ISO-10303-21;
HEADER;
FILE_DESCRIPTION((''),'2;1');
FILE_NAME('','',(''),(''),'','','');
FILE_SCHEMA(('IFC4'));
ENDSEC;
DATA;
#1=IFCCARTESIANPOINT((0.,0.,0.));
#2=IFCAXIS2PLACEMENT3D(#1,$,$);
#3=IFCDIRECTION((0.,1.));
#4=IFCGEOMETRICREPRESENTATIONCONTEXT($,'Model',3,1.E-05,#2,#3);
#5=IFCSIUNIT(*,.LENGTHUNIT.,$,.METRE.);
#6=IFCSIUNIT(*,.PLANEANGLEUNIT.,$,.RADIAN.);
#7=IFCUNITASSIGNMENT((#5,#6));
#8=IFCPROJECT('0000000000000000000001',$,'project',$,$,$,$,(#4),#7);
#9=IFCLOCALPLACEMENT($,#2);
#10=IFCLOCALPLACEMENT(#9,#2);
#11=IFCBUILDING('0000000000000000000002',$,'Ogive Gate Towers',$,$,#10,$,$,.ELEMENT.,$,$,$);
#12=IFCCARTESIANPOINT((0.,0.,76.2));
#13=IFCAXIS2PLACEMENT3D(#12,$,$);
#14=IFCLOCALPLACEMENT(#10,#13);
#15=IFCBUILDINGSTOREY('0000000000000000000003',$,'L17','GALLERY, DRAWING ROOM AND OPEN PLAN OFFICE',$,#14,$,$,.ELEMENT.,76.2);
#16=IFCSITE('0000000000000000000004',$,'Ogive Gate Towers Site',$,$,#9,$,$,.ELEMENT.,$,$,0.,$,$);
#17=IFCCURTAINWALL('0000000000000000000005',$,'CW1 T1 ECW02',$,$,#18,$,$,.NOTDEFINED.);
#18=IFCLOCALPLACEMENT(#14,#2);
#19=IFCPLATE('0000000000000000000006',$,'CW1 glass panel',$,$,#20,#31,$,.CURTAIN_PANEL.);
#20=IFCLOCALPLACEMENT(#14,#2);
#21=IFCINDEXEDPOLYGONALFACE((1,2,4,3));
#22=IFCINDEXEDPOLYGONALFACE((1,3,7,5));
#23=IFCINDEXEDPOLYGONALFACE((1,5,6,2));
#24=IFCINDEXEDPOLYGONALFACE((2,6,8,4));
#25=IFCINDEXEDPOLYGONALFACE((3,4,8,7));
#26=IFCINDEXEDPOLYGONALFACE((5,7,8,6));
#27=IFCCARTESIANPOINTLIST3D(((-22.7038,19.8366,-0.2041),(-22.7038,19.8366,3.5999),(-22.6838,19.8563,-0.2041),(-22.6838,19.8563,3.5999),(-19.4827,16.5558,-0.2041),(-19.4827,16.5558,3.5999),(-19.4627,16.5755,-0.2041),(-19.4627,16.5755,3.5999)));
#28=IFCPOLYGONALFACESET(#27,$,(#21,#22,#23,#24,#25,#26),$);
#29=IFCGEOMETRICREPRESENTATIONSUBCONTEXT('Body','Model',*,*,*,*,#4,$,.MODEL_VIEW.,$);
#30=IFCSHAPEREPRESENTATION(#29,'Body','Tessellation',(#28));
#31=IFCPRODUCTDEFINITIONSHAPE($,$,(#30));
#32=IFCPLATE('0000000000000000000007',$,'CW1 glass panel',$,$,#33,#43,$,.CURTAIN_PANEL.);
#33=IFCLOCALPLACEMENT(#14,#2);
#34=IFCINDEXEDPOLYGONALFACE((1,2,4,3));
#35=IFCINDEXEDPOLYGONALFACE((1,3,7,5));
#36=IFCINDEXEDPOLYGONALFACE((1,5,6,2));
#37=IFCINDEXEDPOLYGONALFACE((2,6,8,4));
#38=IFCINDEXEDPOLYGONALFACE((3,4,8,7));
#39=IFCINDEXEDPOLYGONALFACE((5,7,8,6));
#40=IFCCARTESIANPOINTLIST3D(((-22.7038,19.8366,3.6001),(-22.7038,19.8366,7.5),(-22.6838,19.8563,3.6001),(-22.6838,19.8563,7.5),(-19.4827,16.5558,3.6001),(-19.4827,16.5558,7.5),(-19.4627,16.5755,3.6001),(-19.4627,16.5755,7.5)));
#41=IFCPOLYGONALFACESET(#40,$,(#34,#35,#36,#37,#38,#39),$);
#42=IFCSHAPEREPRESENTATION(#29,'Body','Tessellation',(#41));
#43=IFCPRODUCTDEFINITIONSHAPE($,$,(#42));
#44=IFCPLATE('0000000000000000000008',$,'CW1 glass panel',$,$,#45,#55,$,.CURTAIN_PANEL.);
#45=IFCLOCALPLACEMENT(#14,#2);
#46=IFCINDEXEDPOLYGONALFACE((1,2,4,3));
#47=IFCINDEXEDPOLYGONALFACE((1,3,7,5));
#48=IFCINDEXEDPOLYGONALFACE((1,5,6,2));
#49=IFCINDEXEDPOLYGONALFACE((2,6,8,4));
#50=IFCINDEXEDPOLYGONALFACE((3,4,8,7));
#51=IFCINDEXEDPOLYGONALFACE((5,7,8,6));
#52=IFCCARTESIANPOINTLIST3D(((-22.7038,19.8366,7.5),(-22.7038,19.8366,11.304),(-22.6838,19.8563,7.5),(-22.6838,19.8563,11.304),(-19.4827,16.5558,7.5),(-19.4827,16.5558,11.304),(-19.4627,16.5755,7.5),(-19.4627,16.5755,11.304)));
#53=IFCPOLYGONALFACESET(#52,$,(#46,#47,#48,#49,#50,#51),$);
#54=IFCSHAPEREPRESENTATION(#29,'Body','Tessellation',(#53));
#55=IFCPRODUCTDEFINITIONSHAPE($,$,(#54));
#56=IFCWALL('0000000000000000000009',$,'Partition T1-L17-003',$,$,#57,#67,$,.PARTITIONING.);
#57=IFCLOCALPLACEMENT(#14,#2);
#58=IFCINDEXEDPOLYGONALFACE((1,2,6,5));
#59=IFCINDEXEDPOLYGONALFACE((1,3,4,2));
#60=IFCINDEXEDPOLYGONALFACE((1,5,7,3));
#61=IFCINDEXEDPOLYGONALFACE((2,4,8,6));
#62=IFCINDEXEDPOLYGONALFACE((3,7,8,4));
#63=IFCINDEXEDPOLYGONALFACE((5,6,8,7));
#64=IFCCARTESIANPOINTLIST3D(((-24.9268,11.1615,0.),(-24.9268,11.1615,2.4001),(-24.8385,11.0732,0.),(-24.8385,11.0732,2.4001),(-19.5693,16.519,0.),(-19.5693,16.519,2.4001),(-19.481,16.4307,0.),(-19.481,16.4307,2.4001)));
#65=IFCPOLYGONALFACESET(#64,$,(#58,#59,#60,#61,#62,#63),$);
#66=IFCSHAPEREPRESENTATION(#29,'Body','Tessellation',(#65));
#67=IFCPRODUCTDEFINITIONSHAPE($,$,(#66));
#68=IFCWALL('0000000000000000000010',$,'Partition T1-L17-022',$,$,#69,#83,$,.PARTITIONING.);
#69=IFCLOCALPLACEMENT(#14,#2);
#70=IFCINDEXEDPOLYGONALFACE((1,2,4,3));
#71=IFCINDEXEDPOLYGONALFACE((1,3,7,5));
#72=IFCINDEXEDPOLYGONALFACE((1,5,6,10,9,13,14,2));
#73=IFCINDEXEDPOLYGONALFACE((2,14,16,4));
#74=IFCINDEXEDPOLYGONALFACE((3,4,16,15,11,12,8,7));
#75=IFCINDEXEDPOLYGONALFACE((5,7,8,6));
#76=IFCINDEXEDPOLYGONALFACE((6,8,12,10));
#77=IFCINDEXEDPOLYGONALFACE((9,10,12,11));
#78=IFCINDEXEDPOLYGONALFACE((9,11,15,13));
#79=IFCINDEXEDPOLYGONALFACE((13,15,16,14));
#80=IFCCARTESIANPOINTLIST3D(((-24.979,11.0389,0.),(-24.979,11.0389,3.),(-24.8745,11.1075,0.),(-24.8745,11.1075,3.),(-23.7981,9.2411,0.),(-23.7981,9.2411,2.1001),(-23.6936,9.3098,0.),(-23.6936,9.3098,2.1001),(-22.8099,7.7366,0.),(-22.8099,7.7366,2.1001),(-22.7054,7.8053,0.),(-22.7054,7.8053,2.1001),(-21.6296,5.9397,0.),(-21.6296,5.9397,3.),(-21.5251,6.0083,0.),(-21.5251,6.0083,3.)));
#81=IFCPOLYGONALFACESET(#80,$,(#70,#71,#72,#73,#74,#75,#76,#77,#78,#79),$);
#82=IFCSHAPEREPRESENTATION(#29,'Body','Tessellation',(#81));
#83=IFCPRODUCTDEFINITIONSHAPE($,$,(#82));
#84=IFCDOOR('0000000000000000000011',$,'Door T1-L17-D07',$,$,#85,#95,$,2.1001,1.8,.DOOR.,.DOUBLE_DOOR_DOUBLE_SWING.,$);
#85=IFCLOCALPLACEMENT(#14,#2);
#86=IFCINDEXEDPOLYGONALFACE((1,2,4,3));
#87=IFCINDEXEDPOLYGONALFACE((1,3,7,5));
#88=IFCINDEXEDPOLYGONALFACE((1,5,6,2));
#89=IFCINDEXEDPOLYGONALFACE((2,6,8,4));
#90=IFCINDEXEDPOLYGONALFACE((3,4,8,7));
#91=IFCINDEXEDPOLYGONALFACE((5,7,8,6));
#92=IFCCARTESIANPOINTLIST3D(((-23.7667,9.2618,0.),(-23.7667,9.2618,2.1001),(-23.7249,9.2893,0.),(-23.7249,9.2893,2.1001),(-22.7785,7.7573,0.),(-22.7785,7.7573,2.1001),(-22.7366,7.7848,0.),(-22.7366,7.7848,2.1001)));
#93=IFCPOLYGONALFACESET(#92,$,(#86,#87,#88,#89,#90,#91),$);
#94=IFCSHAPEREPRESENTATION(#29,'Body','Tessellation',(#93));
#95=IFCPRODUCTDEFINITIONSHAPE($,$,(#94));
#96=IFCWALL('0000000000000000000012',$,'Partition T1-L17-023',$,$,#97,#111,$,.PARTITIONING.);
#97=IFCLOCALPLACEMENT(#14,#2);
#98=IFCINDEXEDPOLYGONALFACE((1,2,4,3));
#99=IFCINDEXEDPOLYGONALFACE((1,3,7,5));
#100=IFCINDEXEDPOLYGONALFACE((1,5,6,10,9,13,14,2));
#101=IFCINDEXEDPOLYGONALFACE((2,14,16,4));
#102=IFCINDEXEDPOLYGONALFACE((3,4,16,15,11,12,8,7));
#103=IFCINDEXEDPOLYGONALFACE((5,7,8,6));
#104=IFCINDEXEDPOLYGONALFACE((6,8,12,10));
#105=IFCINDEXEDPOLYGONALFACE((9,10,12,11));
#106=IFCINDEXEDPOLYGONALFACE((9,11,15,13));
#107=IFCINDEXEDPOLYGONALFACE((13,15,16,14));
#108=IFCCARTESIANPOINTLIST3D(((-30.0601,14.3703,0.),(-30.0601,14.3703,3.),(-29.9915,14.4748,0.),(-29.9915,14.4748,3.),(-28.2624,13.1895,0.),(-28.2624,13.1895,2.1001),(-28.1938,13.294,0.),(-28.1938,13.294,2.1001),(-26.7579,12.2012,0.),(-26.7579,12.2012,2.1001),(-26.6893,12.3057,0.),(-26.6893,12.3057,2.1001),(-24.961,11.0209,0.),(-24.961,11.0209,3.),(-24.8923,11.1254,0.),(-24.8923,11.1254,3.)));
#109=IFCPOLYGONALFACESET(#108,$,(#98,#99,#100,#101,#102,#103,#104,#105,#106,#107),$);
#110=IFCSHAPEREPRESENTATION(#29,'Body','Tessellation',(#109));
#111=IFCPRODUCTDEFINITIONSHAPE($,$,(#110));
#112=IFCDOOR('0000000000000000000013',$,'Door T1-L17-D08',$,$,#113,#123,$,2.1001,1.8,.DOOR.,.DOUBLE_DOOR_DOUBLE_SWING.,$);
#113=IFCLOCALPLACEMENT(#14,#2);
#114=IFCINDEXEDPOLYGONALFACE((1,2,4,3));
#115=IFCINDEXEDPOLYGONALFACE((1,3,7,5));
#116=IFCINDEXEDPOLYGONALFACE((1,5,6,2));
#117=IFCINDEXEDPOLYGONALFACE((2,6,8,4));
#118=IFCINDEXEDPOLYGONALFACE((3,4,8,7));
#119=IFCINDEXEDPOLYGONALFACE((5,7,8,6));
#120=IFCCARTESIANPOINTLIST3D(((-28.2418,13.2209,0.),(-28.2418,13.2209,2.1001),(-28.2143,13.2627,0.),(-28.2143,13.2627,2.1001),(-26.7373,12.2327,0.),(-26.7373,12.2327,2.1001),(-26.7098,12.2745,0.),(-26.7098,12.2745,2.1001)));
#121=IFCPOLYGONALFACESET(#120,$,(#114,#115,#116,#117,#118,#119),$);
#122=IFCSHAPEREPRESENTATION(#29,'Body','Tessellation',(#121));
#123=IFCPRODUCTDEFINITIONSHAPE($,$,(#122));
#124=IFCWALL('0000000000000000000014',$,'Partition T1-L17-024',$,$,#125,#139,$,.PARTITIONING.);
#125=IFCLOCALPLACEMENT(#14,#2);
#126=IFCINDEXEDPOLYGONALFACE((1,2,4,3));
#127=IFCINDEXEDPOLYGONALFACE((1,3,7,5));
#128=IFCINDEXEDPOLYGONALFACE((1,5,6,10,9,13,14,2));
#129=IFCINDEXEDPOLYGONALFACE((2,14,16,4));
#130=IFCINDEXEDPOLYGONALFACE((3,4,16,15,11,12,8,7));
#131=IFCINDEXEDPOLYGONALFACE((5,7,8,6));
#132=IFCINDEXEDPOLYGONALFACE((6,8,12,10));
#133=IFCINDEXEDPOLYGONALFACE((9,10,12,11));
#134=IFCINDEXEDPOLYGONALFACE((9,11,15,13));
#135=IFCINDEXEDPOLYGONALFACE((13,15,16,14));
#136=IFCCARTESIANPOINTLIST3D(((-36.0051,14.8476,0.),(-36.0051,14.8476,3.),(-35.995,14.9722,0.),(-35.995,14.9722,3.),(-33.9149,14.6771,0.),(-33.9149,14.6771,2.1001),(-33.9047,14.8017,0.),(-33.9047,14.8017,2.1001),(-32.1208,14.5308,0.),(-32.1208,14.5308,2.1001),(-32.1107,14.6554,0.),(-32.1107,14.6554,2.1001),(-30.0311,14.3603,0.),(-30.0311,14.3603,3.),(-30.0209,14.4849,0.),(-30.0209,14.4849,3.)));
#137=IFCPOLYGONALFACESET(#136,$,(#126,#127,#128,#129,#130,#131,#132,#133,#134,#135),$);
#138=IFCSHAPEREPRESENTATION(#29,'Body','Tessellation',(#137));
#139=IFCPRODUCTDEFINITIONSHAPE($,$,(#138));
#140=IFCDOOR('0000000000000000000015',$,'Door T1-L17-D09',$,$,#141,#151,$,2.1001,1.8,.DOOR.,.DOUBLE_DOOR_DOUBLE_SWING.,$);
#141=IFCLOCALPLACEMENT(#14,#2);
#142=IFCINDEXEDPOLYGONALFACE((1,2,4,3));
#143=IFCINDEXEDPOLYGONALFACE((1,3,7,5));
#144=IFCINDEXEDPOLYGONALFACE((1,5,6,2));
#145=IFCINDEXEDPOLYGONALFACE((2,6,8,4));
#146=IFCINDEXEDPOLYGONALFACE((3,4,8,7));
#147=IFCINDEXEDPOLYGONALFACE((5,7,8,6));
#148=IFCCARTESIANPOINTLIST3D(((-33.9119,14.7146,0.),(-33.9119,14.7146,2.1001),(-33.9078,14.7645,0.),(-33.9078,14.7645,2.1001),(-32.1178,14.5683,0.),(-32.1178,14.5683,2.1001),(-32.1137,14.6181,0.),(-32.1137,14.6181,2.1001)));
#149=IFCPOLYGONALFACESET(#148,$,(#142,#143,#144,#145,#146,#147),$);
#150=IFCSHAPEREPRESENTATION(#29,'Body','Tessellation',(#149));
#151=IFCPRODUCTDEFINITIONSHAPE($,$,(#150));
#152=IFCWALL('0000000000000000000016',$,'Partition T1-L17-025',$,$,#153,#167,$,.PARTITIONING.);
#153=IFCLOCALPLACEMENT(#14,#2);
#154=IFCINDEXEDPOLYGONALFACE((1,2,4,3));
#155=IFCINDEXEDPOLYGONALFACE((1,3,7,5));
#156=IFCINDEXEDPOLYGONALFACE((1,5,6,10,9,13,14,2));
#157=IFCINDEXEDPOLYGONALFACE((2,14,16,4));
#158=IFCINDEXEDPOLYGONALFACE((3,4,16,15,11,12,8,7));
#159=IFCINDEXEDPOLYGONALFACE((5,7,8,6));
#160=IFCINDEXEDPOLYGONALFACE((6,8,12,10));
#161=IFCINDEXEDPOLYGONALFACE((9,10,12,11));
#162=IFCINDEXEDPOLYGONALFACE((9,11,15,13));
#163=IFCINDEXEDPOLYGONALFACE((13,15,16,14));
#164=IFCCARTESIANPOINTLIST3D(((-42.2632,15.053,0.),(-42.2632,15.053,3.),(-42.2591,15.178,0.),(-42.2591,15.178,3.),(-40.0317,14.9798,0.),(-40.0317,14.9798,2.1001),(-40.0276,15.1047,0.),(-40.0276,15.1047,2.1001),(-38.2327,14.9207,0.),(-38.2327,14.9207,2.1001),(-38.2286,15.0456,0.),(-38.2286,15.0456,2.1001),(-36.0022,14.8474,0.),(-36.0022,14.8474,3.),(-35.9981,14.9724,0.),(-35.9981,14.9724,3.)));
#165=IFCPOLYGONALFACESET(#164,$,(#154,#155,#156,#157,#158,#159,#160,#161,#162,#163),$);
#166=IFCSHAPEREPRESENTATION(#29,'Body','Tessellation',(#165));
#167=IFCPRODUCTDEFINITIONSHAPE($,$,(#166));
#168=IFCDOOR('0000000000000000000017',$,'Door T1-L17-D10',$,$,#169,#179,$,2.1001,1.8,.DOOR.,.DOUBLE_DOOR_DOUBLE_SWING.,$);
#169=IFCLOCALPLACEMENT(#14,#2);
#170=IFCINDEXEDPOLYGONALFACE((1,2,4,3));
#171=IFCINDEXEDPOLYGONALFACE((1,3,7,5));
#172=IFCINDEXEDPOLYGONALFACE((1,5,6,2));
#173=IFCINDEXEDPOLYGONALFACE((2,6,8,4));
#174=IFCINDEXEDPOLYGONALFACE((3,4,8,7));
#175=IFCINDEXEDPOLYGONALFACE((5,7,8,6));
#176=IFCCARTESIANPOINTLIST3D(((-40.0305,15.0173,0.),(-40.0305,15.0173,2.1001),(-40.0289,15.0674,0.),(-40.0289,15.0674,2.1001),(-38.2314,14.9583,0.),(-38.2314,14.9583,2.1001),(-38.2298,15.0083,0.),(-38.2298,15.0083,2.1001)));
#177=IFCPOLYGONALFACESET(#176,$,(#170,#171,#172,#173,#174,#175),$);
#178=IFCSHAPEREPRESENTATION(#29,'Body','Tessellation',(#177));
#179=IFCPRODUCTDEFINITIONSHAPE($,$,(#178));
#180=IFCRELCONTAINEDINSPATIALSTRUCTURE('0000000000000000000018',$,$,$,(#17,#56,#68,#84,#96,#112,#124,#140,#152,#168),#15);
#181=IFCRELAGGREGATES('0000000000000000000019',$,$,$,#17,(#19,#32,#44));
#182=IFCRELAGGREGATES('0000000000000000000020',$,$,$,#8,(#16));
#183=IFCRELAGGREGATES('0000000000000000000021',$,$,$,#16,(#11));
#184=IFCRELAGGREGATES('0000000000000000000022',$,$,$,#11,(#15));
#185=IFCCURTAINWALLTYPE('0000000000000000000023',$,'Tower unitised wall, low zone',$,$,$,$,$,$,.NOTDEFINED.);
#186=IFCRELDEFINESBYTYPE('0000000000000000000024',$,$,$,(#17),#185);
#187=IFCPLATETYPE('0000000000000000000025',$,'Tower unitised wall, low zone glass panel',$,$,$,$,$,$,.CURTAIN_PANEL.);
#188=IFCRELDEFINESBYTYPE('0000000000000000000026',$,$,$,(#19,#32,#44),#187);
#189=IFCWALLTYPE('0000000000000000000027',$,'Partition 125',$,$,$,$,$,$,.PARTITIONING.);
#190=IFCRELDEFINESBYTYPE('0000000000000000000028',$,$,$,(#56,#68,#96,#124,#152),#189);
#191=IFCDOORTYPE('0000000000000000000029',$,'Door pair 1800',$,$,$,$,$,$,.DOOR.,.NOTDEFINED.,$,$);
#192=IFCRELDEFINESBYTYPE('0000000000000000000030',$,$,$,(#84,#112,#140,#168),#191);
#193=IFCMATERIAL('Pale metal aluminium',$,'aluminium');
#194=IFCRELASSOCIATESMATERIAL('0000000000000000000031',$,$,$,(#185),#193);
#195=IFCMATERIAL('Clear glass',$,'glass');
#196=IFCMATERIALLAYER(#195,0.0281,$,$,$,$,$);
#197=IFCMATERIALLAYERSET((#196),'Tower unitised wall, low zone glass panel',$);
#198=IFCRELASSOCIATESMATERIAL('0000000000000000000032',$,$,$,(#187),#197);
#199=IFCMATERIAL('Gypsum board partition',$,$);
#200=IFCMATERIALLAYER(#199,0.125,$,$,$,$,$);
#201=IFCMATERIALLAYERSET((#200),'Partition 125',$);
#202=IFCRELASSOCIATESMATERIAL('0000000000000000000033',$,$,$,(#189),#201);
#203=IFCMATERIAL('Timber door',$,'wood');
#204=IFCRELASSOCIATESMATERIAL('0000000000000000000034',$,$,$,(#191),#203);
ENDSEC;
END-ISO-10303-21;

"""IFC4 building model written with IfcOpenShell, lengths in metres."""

from ifc_helpers import new_model, si_unit, direction, frame, frame_2d, origin, origin_2d, place, context, subcontext, project, spatial, rectangle, extrude, material, layer, layer_set, type_object, element, fill, aggregate, save


model = new_model("IFC4")

# Units and contexts
model_context = context("Model", 3, precision=1e-05, world=origin(), true_north=direction((0.0, 1.0)))
body_context = subcontext(model_context, "Body", "Model", "MODEL_VIEW")
ifc_project = project(units=[si_unit("LENGTHUNIT", "METRE"), si_unit("PLANEANGLEUNIT", "RADIAN")], contexts=[model_context])

# Site, building, storey
site_placement = place(None, origin())
site = spatial("IfcSite", under=ifc_project, at=site_placement, Name="Ogive Gate Towers Site", CompositionType="ELEMENT", RefElevation=0.0)
building_placement = place(site_placement, origin())
building = spatial("IfcBuilding", under=site, at=building_placement, Name="Ogive Gate Towers", CompositionType="ELEMENT")
storey_placement = place(building_placement, frame((0.0, 0.0, 76.2)))
storey = spatial("IfcBuildingStorey", under=building, at=storey_placement, Name="L17", Description="GALLERY, DRAWING ROOM AND OPEN PLAN OFFICE", CompositionType="ELEMENT", Elevation=76.2)

# Curtain wall, plates
ifc_material_1 = material(Name="Pale metal aluminium", Category="aluminium")
curtain_wall_type = type_object("IfcCurtainWallType", Name="Tower unitised wall, low zone", PredefinedType="NOTDEFINED", material=ifc_material_1)
curtain_wall_placement = place(storey_placement, origin())
curtain_wall = element("IfcCurtainWall", 1, at=curtain_wall_placement, inside=storey, type_object=curtain_wall_type, Name="CW1 T1 ECW02", PredefinedType="NOTDEFINED")
ifc_material_2 = material(Name="Clear glass", Category="glass")
ifc_layer_1 = layer(ifc_material_2, 0.0281)
ifc_layer_set_1 = layer_set([ifc_layer_1], Name="Tower unitised wall, low zone glass panel")
plate_type = type_object("IfcPlateType", Name="Tower unitised wall, low zone glass panel", PredefinedType="CURTAIN_PANEL", material=ifc_layer_set_1)
plate_1_placement = place(storey_placement, frame((-21.0833, 18.2061, -0.2041), z_axis=(0.0, 0.0, 1.0), x_axis=(-0.700586, 0.713568, 0.0)))
plate_1 = element("IfcPlate", 2, at=plate_1_placement, type_object=plate_type, Name="CW1 glass panel", PredefinedType="CURTAIN_PANEL", context=body_context, shape_type="SweptSolid", body=[
    extrude(rectangle(XDim=4.5977, YDim=0.0281, at=origin_2d()), origin(), (0.0, 0.0, 1.0), 3.804),
])
plate_2_placement = place(storey_placement, frame((-21.0833, 18.2061, 3.6001), z_axis=(0.0, 0.0, 1.0), x_axis=(-0.700586, 0.713568, 0.0)))
plate_2 = element("IfcPlate", 3, at=plate_2_placement, type_object=plate_type, Name="CW1 glass panel", PredefinedType="CURTAIN_PANEL", context=body_context, shape_type="SweptSolid", body=[
    extrude(rectangle(XDim=4.5977, YDim=0.0281, at=origin_2d()), origin(), (0.0, 0.0, 1.0), 3.8999),
])
plate_3_placement = place(storey_placement, frame((-21.0833, 18.2061, 7.5), z_axis=(0.0, 0.0, 1.0), x_axis=(-0.700586, 0.713568, 0.0)))
plate_3 = element("IfcPlate", 4, at=plate_3_placement, type_object=plate_type, Name="CW1 glass panel", PredefinedType="CURTAIN_PANEL", context=body_context, shape_type="SweptSolid", body=[
    extrude(rectangle(XDim=4.5977, YDim=0.0281, at=origin_2d()), origin(), (0.0, 0.0, 1.0), 3.804),
])
aggregate(curtain_wall, [plate_1, plate_2, plate_3])

# Wall
ifc_material_3 = material(Name="Gypsum board partition")
ifc_layer_2 = layer(ifc_material_3, 0.125)
ifc_layer_set_2 = layer_set([ifc_layer_2], Name="Partition 125")
wall_type_1 = type_object("IfcWallType", Name="Partition 125", PredefinedType="PARTITIONING", material=ifc_layer_set_2)
wall_1_placement = place(storey_placement, frame((-19.5251, 16.4749, 0.0), z_axis=(0.0, 0.0, 1.0), x_axis=(-0.707107, -0.707107, 0.0)))
element("IfcWall", 5, at=wall_1_placement, inside=storey, type_object=wall_type_1, Name="Partition T1-L17-003", PredefinedType="PARTITIONING", context=body_context, shape_type="SweptSolid", body=[
    extrude(rectangle(XDim=7.5767, YDim=0.125, at=frame_2d((3.7883, 0.0))), origin(), (0.0, 0.0, 1.0), 2.4001),
])

# Walls, openings, doors
wall_2_placement = place(storey_placement, frame((-21.5774, 5.9741, 0.0), z_axis=(0.0, 0.0, 1.0), x_axis=(-0.549008, 0.835817, 0.0)))
wall_2 = element("IfcWall", 6, at=wall_2_placement, inside=storey, type_object=wall_type_1, Name="Partition T1-L17-022", PredefinedType="PARTITIONING", context=body_context, shape_type="SweptSolid", body=[
    extrude(rectangle(XDim=6.1008, YDim=0.125, at=frame_2d((3.0503, 0.0))), origin(), (0.0, 0.0, 1.0), 3.0),
])
opening_1_placement = place(wall_2_placement, frame((2.1499, 0.0, 0.0)))
opening_1 = element("IfcOpeningElement", 7, at=opening_1_placement, cuts=wall_2, PredefinedType="OPENING", context=body_context, shape_type="SweptSolid", body=[
    extrude(rectangle(XDim=1.8, YDim=2.1001, at=frame_2d((0.8999, 1.05))), frame((0.0, 0.0725, 0.0), z_axis=(0.0, -1.0, 0.0), x_axis=(1.0, 0.0, 0.0)), (0.0, 0.0, 1.0), 0.145),
])
ifc_material_4 = material(Name="Timber door", Category="wood")
door_type_1 = type_object("IfcDoorType", Name="Door pair 1800", OperationType="NOTDEFINED", PredefinedType="DOOR", material=ifc_material_4)
door_1_placement = place(opening_1_placement, origin())
door_1 = element("IfcDoor", 8, at=door_1_placement, inside=storey, type_object=door_type_1, Name="Door T1-L17-D07", OperationType="DOUBLE_DOOR_DOUBLE_SWING", OverallHeight=2.1001, OverallWidth=1.8, PredefinedType="DOOR", context=body_context, shape_type="SweptSolid", body=[
    extrude(rectangle(XDim=1.8, YDim=2.1001, at=frame_2d((0.8999, 1.05))), frame((0.0, 0.0249, 0.0), z_axis=(0.0, -1.0, 0.0), x_axis=(1.0, 0.0, 0.0)), (0.0, 0.0, 1.0), 0.05),
])
fill(opening_1, door_1)
wall_3_placement = place(storey_placement, frame((-24.9268, 11.0732, 0.0), z_axis=(0.0, 0.0, 1.0), x_axis=(-0.835817, 0.549008, 0.0)))
wall_3 = element("IfcWall", 9, at=wall_3_placement, inside=storey, type_object=wall_type_1, Name="Partition T1-L17-023", PredefinedType="PARTITIONING", context=body_context, shape_type="SweptSolid", body=[
    extrude(rectangle(XDim=6.1008, YDim=0.125, at=frame_2d((3.0503, 0.0))), origin(), (0.0, 0.0, 1.0), 3.0),
])
opening_2_placement = place(wall_3_placement, frame((2.1499, 0.0, 0.0)))
opening_2 = element("IfcOpeningElement", 10, at=opening_2_placement, cuts=wall_3, PredefinedType="OPENING", context=body_context, shape_type="SweptSolid", body=[
    extrude(rectangle(XDim=1.8, YDim=2.1001, at=frame_2d((0.8999, 1.05))), frame((0.0, 0.0725, 0.0), z_axis=(0.0, -1.0, 0.0), x_axis=(1.0, 0.0, 0.0)), (0.0, 0.0, 1.0), 0.145),
])
door_2_placement = place(opening_2_placement, origin())
door_2 = element("IfcDoor", 11, at=door_2_placement, inside=storey, type_object=door_type_1, Name="Door T1-L17-D08", OperationType="DOUBLE_DOOR_DOUBLE_SWING", OverallHeight=2.1001, OverallWidth=1.8, PredefinedType="DOOR", context=body_context, shape_type="SweptSolid", body=[
    extrude(rectangle(XDim=1.8, YDim=2.1001, at=frame_2d((0.8999, 1.05))), frame((0.0, 0.0249, 0.0), z_axis=(0.0, -1.0, 0.0), x_axis=(1.0, 0.0, 0.0)), (0.0, 0.0, 1.0), 0.05),
])
fill(opening_2, door_2)
wall_4_placement = place(storey_placement, frame((-30.0259, 14.4226, 0.0), z_axis=(0.0, 0.0, 1.0), x_axis=(-0.99669, 0.081299, 0.0)))
wall_4 = element("IfcWall", 12, at=wall_4_placement, inside=storey, type_object=wall_type_1, Name="Partition T1-L17-024", PredefinedType="PARTITIONING", context=body_context, shape_type="SweptSolid", body=[
    extrude(rectangle(XDim=5.9939, YDim=0.125, at=frame_2d((2.9971, 0.0))), origin(), (0.0, 0.0, 1.0), 3.0),
])
opening_3_placement = place(wall_4_placement, frame((2.0969, 0.0, 0.0)))
opening_3 = element("IfcOpeningElement", 13, at=opening_3_placement, cuts=wall_4, PredefinedType="OPENING", context=body_context, shape_type="SweptSolid", body=[
    extrude(rectangle(XDim=1.8, YDim=2.1001, at=frame_2d((0.8999, 1.05))), frame((0.0, 0.0725, 0.0), z_axis=(0.0, -1.0, 0.0), x_axis=(1.0, 0.0, 0.0)), (0.0, 0.0, 1.0), 0.145),
])
door_3_placement = place(opening_3_placement, origin())
door_3 = element("IfcDoor", 14, at=door_3_placement, inside=storey, type_object=door_type_1, Name="Door T1-L17-D09", OperationType="DOUBLE_DOOR_DOUBLE_SWING", OverallHeight=2.1001, OverallWidth=1.8, PredefinedType="DOOR", context=body_context, shape_type="SweptSolid", body=[
    extrude(rectangle(XDim=1.8, YDim=2.1001, at=frame_2d((0.8999, 1.05))), frame((0.0, 0.0249, 0.0), z_axis=(0.0, -1.0, 0.0), x_axis=(1.0, 0.0, 0.0)), (0.0, 0.0, 1.0), 0.05),
])
fill(opening_3, door_3)
wall_5_placement = place(storey_placement, frame((-36.0, 14.9099, 0.0), z_axis=(0.0, 0.0, 1.0), x_axis=(-0.999461, 0.032815, 0.0)))
wall_5 = element("IfcWall", 15, at=wall_5_placement, inside=storey, type_object=wall_type_1, Name="Partition T1-L17-025", PredefinedType="PARTITIONING", context=body_context, shape_type="SweptSolid", body=[
    extrude(rectangle(XDim=6.2644, YDim=0.125, at=frame_2d((3.1323, 0.0))), origin(), (0.0, 0.0, 1.0), 3.0),
])
opening_4_placement = place(wall_5_placement, frame((2.2319, 0.0, 0.0)))
opening_4 = element("IfcOpeningElement", 16, at=opening_4_placement, cuts=wall_5, PredefinedType="OPENING", context=body_context, shape_type="SweptSolid", body=[
    extrude(rectangle(XDim=1.8, YDim=2.1001, at=frame_2d((0.8999, 1.05))), frame((0.0, 0.0725, 0.0), z_axis=(0.0, -1.0, 0.0), x_axis=(1.0, 0.0, 0.0)), (0.0, 0.0, 1.0), 0.145),
])
door_4_placement = place(opening_4_placement, origin())
door_4 = element("IfcDoor", 17, at=door_4_placement, inside=storey, type_object=door_type_1, Name="Door T1-L17-D10", OperationType="DOUBLE_DOOR_DOUBLE_SWING", OverallHeight=2.1001, OverallWidth=1.8, PredefinedType="DOOR", context=body_context, shape_type="SweptSolid", body=[
    extrude(rectangle(XDim=1.8, YDim=2.1001, at=frame_2d((0.8999, 1.05))), frame((0.0, 0.0249, 0.0), z_axis=(0.0, -1.0, 0.0), x_axis=(1.0, 0.0, 0.0)), (0.0, 0.0, 1.0), 0.05),
])
fill(opening_4, door_4)

save(model, "model.ifc")
